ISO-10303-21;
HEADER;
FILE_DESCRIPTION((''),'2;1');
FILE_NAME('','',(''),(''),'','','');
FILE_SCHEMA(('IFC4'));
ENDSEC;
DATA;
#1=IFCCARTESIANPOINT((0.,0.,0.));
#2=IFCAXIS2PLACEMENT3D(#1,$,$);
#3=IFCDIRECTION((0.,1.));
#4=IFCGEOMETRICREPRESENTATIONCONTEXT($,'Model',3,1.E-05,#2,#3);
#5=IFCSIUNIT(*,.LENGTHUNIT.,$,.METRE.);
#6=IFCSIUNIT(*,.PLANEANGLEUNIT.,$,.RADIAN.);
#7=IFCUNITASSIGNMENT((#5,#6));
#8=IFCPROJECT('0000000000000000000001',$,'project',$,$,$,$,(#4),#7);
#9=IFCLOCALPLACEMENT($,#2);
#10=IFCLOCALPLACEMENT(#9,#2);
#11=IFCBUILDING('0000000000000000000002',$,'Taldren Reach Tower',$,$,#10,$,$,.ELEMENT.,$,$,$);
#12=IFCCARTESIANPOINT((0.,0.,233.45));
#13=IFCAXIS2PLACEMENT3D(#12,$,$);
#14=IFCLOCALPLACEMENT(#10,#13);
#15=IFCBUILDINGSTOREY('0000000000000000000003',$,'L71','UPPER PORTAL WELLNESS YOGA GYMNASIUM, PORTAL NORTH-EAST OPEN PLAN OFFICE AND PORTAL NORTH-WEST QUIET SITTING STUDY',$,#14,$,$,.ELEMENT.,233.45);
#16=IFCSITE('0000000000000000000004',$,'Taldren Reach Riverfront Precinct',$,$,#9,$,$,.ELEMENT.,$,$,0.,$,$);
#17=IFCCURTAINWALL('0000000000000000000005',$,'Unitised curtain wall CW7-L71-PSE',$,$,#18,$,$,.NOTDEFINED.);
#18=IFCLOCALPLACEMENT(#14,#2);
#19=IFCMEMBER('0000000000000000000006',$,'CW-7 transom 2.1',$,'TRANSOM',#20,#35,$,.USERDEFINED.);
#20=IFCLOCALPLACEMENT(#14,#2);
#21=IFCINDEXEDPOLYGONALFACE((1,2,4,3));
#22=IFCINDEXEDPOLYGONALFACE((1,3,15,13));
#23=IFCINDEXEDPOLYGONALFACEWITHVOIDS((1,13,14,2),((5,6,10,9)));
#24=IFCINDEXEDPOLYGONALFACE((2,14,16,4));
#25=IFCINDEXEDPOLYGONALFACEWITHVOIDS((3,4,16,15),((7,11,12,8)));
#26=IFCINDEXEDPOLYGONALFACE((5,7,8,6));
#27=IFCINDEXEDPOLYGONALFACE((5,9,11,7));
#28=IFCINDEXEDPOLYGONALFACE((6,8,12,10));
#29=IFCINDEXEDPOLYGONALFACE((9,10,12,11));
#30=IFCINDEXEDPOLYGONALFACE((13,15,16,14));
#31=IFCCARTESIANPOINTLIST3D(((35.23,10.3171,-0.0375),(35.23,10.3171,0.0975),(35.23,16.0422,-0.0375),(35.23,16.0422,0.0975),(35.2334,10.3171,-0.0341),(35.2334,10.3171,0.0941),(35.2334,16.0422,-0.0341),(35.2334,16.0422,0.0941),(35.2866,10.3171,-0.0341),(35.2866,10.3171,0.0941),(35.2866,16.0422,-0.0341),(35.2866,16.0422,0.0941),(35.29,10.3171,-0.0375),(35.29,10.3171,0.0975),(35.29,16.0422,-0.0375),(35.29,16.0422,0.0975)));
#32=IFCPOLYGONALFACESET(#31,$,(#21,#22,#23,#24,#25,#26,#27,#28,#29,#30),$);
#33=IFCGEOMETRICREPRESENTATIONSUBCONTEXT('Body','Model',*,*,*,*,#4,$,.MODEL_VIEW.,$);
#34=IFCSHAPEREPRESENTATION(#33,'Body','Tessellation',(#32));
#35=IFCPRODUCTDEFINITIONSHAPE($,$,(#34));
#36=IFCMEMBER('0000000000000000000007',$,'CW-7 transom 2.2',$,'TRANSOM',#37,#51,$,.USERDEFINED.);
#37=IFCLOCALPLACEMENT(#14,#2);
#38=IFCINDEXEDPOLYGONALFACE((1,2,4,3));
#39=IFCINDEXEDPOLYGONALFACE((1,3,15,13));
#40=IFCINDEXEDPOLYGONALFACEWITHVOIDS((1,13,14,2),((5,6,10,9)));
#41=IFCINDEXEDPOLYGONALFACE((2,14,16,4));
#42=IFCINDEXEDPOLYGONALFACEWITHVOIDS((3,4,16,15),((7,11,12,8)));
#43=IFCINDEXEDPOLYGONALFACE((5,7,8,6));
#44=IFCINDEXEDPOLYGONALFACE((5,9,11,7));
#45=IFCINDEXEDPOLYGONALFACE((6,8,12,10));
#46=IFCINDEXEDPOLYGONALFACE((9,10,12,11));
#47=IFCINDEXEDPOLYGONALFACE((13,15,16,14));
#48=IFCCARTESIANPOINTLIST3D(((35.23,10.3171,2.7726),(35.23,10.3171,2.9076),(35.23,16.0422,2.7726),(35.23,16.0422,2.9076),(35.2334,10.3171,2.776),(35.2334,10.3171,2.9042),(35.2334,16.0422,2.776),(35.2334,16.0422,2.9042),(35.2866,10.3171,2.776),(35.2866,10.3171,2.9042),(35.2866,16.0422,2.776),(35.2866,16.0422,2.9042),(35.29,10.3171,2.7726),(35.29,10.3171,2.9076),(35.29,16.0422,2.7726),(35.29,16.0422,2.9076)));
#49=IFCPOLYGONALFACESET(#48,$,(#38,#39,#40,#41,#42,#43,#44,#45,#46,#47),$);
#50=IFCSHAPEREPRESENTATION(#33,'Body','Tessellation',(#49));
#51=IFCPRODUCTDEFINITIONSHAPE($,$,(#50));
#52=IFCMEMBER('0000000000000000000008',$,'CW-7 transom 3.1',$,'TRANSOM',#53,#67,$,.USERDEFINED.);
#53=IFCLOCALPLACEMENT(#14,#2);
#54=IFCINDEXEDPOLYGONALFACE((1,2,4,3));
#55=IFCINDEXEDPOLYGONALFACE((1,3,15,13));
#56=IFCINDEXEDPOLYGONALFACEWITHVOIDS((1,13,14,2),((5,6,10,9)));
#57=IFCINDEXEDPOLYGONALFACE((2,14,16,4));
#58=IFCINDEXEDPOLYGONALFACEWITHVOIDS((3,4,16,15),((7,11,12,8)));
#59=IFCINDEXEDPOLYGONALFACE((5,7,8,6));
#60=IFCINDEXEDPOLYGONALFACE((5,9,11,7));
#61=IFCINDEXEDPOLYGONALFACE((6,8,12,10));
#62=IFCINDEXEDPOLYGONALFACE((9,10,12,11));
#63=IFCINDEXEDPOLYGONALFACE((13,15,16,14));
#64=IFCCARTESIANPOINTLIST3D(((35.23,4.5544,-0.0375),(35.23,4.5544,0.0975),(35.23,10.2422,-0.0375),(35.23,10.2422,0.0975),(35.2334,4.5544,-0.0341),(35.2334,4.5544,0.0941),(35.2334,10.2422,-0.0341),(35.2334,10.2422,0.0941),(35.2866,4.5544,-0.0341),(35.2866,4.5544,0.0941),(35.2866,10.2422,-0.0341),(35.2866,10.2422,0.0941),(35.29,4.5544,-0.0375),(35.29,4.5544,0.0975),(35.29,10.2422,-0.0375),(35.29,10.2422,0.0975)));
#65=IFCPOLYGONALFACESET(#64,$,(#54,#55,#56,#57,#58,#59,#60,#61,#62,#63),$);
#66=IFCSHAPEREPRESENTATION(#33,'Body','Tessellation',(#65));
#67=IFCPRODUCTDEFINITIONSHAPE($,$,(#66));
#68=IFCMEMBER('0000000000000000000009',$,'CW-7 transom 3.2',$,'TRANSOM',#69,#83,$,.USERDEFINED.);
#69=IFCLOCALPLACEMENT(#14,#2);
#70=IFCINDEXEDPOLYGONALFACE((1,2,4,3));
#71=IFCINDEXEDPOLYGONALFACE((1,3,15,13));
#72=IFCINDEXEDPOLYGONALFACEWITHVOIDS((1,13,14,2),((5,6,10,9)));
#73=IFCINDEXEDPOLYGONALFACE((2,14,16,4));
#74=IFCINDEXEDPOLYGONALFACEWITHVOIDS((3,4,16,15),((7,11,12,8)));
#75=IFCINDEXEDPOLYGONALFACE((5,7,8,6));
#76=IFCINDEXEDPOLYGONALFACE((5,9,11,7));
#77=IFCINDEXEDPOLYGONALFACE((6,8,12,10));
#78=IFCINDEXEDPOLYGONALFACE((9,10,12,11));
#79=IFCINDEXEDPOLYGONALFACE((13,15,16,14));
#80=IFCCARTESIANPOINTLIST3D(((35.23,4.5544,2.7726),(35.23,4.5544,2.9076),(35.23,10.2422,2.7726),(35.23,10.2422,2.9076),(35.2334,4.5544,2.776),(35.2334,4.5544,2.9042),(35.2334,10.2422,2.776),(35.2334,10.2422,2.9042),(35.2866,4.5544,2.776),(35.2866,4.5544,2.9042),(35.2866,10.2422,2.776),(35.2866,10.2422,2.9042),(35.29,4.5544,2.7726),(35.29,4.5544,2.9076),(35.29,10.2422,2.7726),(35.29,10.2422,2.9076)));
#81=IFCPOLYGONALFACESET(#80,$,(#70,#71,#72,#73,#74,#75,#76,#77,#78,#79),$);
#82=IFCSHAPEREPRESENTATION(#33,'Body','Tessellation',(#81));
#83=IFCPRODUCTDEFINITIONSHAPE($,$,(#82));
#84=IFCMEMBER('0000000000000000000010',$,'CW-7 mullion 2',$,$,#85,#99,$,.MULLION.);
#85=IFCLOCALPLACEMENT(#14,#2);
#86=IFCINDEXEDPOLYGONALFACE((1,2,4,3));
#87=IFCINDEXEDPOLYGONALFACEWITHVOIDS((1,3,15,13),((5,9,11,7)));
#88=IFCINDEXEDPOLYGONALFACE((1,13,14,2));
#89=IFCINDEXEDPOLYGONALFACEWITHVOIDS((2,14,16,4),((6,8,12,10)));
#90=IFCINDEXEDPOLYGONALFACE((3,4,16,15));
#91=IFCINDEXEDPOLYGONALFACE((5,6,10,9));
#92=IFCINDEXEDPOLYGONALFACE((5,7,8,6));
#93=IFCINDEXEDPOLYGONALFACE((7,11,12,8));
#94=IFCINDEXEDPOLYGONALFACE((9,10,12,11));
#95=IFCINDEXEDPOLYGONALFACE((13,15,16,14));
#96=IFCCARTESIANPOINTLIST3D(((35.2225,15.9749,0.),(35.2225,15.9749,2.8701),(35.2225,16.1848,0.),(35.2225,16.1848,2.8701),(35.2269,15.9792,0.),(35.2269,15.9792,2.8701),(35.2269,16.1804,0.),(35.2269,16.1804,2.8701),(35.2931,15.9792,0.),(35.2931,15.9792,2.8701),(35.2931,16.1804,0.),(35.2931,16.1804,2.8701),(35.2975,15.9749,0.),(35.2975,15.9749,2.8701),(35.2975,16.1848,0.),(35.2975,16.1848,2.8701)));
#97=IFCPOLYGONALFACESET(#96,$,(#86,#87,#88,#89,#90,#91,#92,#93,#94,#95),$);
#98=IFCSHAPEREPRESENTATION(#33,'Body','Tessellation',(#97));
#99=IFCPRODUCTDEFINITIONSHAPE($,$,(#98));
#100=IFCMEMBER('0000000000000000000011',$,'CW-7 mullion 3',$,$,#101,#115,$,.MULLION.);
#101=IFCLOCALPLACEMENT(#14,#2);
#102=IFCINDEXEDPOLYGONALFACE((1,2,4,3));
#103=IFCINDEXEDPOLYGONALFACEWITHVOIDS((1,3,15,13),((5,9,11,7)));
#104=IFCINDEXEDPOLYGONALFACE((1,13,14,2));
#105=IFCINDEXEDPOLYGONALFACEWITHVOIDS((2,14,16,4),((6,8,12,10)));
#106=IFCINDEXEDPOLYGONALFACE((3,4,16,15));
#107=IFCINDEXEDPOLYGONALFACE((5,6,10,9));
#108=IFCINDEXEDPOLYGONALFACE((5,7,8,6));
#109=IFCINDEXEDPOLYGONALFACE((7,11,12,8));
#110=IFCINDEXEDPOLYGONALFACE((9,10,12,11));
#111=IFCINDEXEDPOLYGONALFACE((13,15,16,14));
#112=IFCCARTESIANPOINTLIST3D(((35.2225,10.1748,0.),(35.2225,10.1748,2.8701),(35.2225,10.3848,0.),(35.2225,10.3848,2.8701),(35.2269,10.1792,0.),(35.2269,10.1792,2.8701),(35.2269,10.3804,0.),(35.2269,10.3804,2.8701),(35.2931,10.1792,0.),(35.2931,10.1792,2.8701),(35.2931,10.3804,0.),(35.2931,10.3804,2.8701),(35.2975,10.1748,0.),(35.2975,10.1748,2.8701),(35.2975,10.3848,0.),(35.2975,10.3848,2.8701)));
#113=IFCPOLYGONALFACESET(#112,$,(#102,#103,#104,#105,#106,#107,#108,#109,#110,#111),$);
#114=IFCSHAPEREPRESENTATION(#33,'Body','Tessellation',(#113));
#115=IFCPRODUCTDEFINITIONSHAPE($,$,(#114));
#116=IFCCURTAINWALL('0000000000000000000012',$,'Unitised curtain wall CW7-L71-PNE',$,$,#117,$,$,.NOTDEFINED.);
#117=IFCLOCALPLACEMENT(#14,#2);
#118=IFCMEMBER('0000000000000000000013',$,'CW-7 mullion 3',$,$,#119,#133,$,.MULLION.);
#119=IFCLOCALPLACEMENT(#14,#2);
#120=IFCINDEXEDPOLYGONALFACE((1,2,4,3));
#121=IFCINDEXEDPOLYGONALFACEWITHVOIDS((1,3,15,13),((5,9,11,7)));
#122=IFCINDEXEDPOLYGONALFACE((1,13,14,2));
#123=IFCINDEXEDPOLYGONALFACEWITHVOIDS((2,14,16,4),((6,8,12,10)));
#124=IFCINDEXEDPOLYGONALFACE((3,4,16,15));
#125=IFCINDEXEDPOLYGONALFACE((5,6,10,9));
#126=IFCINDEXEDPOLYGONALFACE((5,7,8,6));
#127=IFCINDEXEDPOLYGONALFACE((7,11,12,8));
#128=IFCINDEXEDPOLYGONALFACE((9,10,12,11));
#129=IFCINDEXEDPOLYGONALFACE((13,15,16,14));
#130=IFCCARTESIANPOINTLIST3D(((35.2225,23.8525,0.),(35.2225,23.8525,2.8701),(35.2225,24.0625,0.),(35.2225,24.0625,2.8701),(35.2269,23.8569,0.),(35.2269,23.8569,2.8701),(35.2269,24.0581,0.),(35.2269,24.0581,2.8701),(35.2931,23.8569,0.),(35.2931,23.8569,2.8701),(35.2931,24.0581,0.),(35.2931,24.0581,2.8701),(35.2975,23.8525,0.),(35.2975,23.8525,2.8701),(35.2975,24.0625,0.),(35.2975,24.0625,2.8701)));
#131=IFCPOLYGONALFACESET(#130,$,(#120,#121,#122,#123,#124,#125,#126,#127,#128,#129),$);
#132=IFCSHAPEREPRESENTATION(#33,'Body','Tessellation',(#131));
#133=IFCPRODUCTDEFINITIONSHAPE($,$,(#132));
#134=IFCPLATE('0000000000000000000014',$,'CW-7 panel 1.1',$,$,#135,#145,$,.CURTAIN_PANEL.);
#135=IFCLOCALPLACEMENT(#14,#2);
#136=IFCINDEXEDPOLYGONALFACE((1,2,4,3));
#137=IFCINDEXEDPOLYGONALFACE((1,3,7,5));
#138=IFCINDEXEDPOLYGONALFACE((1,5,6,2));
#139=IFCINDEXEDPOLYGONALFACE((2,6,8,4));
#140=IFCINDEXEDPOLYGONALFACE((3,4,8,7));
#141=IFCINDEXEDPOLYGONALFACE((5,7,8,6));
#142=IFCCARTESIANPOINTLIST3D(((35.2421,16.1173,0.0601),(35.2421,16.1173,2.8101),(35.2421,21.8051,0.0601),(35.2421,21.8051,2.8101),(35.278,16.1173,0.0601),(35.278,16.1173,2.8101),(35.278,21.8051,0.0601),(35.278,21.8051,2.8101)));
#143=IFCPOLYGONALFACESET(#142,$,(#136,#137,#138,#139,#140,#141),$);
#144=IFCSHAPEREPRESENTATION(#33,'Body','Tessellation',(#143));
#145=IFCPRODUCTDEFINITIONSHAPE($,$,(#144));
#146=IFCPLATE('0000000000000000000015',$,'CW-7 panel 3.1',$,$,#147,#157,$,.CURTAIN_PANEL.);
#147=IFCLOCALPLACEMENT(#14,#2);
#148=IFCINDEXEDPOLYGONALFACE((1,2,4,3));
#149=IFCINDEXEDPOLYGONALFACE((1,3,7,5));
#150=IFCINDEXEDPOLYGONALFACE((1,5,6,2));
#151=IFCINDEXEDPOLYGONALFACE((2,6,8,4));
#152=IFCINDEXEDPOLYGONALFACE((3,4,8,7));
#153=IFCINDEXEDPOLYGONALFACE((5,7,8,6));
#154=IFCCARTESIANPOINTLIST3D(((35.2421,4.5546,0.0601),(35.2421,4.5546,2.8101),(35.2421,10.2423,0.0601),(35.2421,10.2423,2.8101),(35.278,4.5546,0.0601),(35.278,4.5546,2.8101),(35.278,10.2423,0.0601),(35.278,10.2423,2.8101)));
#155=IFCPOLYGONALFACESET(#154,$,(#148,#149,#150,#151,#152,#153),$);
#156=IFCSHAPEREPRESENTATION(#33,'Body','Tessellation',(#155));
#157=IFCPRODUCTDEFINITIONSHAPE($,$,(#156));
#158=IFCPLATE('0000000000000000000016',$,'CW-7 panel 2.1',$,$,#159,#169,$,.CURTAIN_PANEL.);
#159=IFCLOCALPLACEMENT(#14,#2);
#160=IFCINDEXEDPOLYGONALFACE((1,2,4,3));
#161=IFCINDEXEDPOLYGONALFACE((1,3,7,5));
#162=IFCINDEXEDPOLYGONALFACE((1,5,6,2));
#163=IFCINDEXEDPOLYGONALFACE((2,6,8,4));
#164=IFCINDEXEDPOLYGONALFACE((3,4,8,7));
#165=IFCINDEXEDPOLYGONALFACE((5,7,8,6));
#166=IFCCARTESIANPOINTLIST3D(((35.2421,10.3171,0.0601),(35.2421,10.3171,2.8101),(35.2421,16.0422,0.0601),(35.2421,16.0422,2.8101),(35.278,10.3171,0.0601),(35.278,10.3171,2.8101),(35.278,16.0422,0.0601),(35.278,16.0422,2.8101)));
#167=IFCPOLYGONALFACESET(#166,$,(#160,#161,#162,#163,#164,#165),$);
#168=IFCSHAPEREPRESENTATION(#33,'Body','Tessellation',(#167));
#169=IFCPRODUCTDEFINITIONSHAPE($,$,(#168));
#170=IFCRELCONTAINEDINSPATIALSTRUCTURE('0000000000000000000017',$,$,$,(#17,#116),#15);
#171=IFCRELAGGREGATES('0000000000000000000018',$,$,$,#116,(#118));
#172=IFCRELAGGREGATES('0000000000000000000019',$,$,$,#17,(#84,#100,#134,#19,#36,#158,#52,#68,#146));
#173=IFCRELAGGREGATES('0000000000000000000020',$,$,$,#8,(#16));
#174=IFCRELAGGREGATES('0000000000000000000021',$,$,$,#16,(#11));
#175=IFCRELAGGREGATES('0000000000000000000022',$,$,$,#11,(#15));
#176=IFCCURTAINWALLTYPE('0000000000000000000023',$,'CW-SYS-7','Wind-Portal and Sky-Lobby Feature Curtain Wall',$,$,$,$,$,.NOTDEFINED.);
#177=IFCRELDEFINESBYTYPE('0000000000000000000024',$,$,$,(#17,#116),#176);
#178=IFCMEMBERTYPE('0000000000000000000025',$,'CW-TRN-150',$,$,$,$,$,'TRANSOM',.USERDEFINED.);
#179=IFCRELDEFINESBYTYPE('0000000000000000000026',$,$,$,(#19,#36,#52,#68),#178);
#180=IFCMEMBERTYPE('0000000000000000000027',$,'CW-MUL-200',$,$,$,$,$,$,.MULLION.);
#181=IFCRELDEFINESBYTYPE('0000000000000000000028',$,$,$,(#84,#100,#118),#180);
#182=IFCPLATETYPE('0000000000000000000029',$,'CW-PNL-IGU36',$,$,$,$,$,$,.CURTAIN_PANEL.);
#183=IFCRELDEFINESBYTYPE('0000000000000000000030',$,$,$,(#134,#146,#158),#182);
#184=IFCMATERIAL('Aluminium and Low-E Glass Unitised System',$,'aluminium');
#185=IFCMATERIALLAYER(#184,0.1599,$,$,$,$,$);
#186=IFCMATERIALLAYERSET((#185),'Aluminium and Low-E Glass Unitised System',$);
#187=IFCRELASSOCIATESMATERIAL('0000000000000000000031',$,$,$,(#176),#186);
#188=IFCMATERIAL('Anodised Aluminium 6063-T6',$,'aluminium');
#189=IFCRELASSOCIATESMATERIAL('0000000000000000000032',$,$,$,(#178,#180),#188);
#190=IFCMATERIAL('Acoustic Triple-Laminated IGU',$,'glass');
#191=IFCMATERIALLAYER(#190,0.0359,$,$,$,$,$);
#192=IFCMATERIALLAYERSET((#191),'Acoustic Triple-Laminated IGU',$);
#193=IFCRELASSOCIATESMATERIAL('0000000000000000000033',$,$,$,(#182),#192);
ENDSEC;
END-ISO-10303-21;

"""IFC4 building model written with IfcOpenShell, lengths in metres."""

from ifc_helpers import new_model, si_unit, direction, frame, origin, origin_2d, place, context, subcontext, project, spatial, rectangle, hollow_rectangle, extrude, source, transform, mapped, material, layer, layer_set, material_profile, profile_set, type_object, element, aggregate, save


model = new_model("IFC4")

# Units and contexts
model_context = context("Model", 3, precision=1e-05, world=origin(), true_north=direction((0.0, 1.0)))
body_context = subcontext(model_context, "Body", "Model", "MODEL_VIEW")
ifc_project = project(units=[si_unit("LENGTHUNIT", "METRE"), si_unit("PLANEANGLEUNIT", "RADIAN")], contexts=[model_context])

# Site, building, storey
site_placement = place(None, origin())
site = spatial("IfcSite", under=ifc_project, at=site_placement, Name="Taldren Reach Riverfront Precinct", CompositionType="ELEMENT", RefElevation=0.0)
building_placement = place(site_placement, origin())
building = spatial("IfcBuilding", under=site, at=building_placement, Name="Taldren Reach Tower", CompositionType="ELEMENT")
storey_placement = place(building_placement, frame((0.0, 0.0, 233.45)))
storey = spatial("IfcBuildingStorey", under=building, at=storey_placement, Name="L71", Description="UPPER PORTAL WELLNESS YOGA GYMNASIUM, PORTAL NORTH-EAST OPEN PLAN OFFICE AND PORTAL NORTH-WEST QUIET SITTING STUDY", CompositionType="ELEMENT", Elevation=233.45)

# Curtain wall, members
ifc_material_1 = material(Name="Aluminium and Low-E Glass Unitised System", Category="aluminium")
ifc_layer_1 = layer(ifc_material_1, 0.1599)
ifc_layer_set_1 = layer_set([ifc_layer_1], Name="Aluminium and Low-E Glass Unitised System")
curtain_wall_type = type_object("IfcCurtainWallType", Name="CW-SYS-7", Description="Wind-Portal and Sky-Lobby Feature Curtain Wall", PredefinedType="NOTDEFINED", material=ifc_layer_set_1)
curtain_wall_1_placement = place(storey_placement, origin())
curtain_wall_1 = element("IfcCurtainWall", 1, at=curtain_wall_1_placement, inside=storey, type_object=curtain_wall_type, Name="Unitised curtain wall CW7-L71-PSE", PredefinedType="NOTDEFINED")
ifc_material_2 = material(Name="Anodised Aluminium 6063-T6", Category="aluminium")
ifc_material_profile_1 = material_profile(ifc_material_2, hollow_rectangle(XDim=0.0601, YDim=0.135, WallThickness=0.0034, at=origin_2d()), Name="ALU-135x60x3.5RHS")
ifc_profile_set_1 = profile_set([ifc_material_profile_1], Name="Anodised Aluminium 6063-T6")
member_type_1 = type_object("IfcMemberType", Name="CW-TRN-150", ElementType="TRANSOM", PredefinedType="USERDEFINED", material=ifc_profile_set_1)
shared_shape_1 = source(origin(), body_context, "Body", "SweptSolid", [
    extrude(hollow_rectangle(XDim=0.0601, YDim=0.135, WallThickness=0.0034, at=origin_2d()), origin(), (0.0, 0.0, 1.0), 5.7251),
])
member_1_placement = place(storey_placement, frame((35.26, 16.0422, 0.03), z_axis=(0.0, -1.0, 0.0), x_axis=(1.0, 0.0, 0.0)))
member_1 = element("IfcMember", 2, at=member_1_placement, type_object=member_type_1, Name="CW-7 transom 2.1", ObjectType="TRANSOM", PredefinedType="USERDEFINED", context=body_context, shape_type="MappedRepresentation", body=[
    mapped(shared_shape_1, transform((0.0, 0.0, 0.0), scale=1.0)),
])
member_2_placement = place(storey_placement, frame((35.26, 16.0422, 2.8401), z_axis=(0.0, -1.0, 0.0), x_axis=(1.0, 0.0, 0.0)))
member_2 = element("IfcMember", 3, at=member_2_placement, type_object=member_type_1, Name="CW-7 transom 2.2", ObjectType="TRANSOM", PredefinedType="USERDEFINED", context=body_context, shape_type="MappedRepresentation", body=[
    mapped(shared_shape_1, transform((0.0, 0.0, 0.0), scale=1.0)),
])
shared_shape_2 = source(origin(), body_context, "Body", "SweptSolid", [
    extrude(hollow_rectangle(XDim=0.0601, YDim=0.135, WallThickness=0.0034, at=origin_2d()), origin(), (0.0, 0.0, 1.0), 5.6877),
])
member_3_placement = place(storey_placement, frame((35.26, 10.2422, 0.03), z_axis=(0.0, -1.0, 0.0), x_axis=(1.0, 0.0, 0.0)))
member_3 = element("IfcMember", 4, at=member_3_placement, type_object=member_type_1, Name="CW-7 transom 3.1", ObjectType="TRANSOM", PredefinedType="USERDEFINED", context=body_context, shape_type="MappedRepresentation", body=[
    mapped(shared_shape_2, transform((0.0, 0.0, 0.0), scale=1.0)),
])
member_4_placement = place(storey_placement, frame((35.26, 10.2422, 2.8401), z_axis=(0.0, -1.0, 0.0), x_axis=(1.0, 0.0, 0.0)))
member_4 = element("IfcMember", 5, at=member_4_placement, type_object=member_type_1, Name="CW-7 transom 3.2", ObjectType="TRANSOM", PredefinedType="USERDEFINED", context=body_context, shape_type="MappedRepresentation", body=[
    mapped(shared_shape_2, transform((0.0, 0.0, 0.0), scale=1.0)),
])
ifc_material_profile_2 = material_profile(ifc_material_2, hollow_rectangle(XDim=0.075, YDim=0.21, WallThickness=0.0044, at=origin_2d()), Name="ALU-210x75x4.5RHS")
ifc_profile_set_2 = profile_set([ifc_material_profile_2], Name="Anodised Aluminium 6063-T6")
member_type_2 = type_object("IfcMemberType", Name="CW-MUL-200", PredefinedType="MULLION", material=ifc_profile_set_2)
shared_shape_3 = source(origin(), body_context, "Body", "SweptSolid", [
    extrude(hollow_rectangle(XDim=0.075, YDim=0.21, WallThickness=0.0044, at=origin_2d()), origin(), (0.0, 0.0, 1.0), 2.8701),
])
member_5_placement = place(storey_placement, frame((35.26, 16.0798, 0.0), z_axis=(0.0, 0.0, 1.0), x_axis=(1.0, 0.0, 0.0)))
member_5 = element("IfcMember", 6, at=member_5_placement, type_object=member_type_2, Name="CW-7 mullion 2", PredefinedType="MULLION", context=body_context, shape_type="MappedRepresentation", body=[
    mapped(shared_shape_3, transform((0.0, 0.0, 0.0), scale=1.0)),
])
member_6_placement = place(storey_placement, frame((35.26, 10.2798, 0.0), z_axis=(0.0, 0.0, 1.0), x_axis=(1.0, 0.0, 0.0)))
member_6 = element("IfcMember", 7, at=member_6_placement, type_object=member_type_2, Name="CW-7 mullion 3", PredefinedType="MULLION", context=body_context, shape_type="MappedRepresentation", body=[
    mapped(shared_shape_3, transform((0.0, 0.0, 0.0), scale=1.0)),
])

# Curtain wall, member
curtain_wall_2_placement = place(storey_placement, origin())
curtain_wall_2 = element("IfcCurtainWall", 8, at=curtain_wall_2_placement, inside=storey, type_object=curtain_wall_type, Name="Unitised curtain wall CW7-L71-PNE", PredefinedType="NOTDEFINED")
member_7_placement = place(storey_placement, frame((35.26, 23.9575, 0.0), z_axis=(0.0, 0.0, 1.0), x_axis=(1.0, 0.0, 0.0)))
member_7 = element("IfcMember", 9, at=member_7_placement, type_object=member_type_2, Name="CW-7 mullion 3", PredefinedType="MULLION", context=body_context, shape_type="MappedRepresentation", body=[
    mapped(shared_shape_3, transform((0.0, 0.0, 0.0), scale=1.0)),
])
aggregate(curtain_wall_2, [member_7])

# Plates
ifc_material_3 = material(Name="Acoustic Triple-Laminated IGU", Category="glass")
ifc_layer_2 = layer(ifc_material_3, 0.0359)
ifc_layer_set_2 = layer_set([ifc_layer_2], Name="Acoustic Triple-Laminated IGU")
plate_type = type_object("IfcPlateType", Name="CW-PNL-IGU36", PredefinedType="CURTAIN_PANEL", material=ifc_layer_set_2)
shared_shape_4 = source(origin(), body_context, "Body", "SweptSolid", [
    extrude(rectangle(XDim=5.6877, YDim=0.0359, at=origin_2d()), origin(), (0.0, 0.0, 1.0), 2.75),
])
plate_1_placement = place(storey_placement, frame((35.26, 18.9612, 0.0601), z_axis=(0.0, 0.0, 1.0), x_axis=(0.0, -1.0, 0.0)))
plate_1 = element("IfcPlate", 10, at=plate_1_placement, type_object=plate_type, Name="CW-7 panel 1.1", PredefinedType="CURTAIN_PANEL", context=body_context, shape_type="MappedRepresentation", body=[
    mapped(shared_shape_4, transform((0.0, 0.0, 0.0), scale=1.0)),
])
plate_2_placement = place(storey_placement, frame((35.26, 7.3984, 0.0601), z_axis=(0.0, 0.0, 1.0), x_axis=(0.0, -1.0, 0.0)))
plate_2 = element("IfcPlate", 11, at=plate_2_placement, type_object=plate_type, Name="CW-7 panel 3.1", PredefinedType="CURTAIN_PANEL", context=body_context, shape_type="MappedRepresentation", body=[
    mapped(shared_shape_4, transform((0.0, 0.0, 0.0), scale=1.0)),
])
shared_shape_5 = source(origin(), body_context, "Body", "SweptSolid", [
    extrude(rectangle(XDim=5.7251, YDim=0.0359, at=origin_2d()), origin(), (0.0, 0.0, 1.0), 2.75),
])
plate_3_placement = place(storey_placement, frame((35.26, 13.1797, 0.0601), z_axis=(0.0, 0.0, 1.0), x_axis=(0.0, -1.0, 0.0)))
plate_3 = element("IfcPlate", 12, at=plate_3_placement, type_object=plate_type, Name="CW-7 panel 2.1", PredefinedType="CURTAIN_PANEL", context=body_context, shape_type="MappedRepresentation", body=[
    mapped(shared_shape_5, transform((0.0, 0.0, 0.0), scale=1.0)),
])
aggregate(curtain_wall_1, [member_5, member_6, plate_1, member_1, member_2, plate_3, member_3, member_4, plate_2])

save(model, "model.ifc")
